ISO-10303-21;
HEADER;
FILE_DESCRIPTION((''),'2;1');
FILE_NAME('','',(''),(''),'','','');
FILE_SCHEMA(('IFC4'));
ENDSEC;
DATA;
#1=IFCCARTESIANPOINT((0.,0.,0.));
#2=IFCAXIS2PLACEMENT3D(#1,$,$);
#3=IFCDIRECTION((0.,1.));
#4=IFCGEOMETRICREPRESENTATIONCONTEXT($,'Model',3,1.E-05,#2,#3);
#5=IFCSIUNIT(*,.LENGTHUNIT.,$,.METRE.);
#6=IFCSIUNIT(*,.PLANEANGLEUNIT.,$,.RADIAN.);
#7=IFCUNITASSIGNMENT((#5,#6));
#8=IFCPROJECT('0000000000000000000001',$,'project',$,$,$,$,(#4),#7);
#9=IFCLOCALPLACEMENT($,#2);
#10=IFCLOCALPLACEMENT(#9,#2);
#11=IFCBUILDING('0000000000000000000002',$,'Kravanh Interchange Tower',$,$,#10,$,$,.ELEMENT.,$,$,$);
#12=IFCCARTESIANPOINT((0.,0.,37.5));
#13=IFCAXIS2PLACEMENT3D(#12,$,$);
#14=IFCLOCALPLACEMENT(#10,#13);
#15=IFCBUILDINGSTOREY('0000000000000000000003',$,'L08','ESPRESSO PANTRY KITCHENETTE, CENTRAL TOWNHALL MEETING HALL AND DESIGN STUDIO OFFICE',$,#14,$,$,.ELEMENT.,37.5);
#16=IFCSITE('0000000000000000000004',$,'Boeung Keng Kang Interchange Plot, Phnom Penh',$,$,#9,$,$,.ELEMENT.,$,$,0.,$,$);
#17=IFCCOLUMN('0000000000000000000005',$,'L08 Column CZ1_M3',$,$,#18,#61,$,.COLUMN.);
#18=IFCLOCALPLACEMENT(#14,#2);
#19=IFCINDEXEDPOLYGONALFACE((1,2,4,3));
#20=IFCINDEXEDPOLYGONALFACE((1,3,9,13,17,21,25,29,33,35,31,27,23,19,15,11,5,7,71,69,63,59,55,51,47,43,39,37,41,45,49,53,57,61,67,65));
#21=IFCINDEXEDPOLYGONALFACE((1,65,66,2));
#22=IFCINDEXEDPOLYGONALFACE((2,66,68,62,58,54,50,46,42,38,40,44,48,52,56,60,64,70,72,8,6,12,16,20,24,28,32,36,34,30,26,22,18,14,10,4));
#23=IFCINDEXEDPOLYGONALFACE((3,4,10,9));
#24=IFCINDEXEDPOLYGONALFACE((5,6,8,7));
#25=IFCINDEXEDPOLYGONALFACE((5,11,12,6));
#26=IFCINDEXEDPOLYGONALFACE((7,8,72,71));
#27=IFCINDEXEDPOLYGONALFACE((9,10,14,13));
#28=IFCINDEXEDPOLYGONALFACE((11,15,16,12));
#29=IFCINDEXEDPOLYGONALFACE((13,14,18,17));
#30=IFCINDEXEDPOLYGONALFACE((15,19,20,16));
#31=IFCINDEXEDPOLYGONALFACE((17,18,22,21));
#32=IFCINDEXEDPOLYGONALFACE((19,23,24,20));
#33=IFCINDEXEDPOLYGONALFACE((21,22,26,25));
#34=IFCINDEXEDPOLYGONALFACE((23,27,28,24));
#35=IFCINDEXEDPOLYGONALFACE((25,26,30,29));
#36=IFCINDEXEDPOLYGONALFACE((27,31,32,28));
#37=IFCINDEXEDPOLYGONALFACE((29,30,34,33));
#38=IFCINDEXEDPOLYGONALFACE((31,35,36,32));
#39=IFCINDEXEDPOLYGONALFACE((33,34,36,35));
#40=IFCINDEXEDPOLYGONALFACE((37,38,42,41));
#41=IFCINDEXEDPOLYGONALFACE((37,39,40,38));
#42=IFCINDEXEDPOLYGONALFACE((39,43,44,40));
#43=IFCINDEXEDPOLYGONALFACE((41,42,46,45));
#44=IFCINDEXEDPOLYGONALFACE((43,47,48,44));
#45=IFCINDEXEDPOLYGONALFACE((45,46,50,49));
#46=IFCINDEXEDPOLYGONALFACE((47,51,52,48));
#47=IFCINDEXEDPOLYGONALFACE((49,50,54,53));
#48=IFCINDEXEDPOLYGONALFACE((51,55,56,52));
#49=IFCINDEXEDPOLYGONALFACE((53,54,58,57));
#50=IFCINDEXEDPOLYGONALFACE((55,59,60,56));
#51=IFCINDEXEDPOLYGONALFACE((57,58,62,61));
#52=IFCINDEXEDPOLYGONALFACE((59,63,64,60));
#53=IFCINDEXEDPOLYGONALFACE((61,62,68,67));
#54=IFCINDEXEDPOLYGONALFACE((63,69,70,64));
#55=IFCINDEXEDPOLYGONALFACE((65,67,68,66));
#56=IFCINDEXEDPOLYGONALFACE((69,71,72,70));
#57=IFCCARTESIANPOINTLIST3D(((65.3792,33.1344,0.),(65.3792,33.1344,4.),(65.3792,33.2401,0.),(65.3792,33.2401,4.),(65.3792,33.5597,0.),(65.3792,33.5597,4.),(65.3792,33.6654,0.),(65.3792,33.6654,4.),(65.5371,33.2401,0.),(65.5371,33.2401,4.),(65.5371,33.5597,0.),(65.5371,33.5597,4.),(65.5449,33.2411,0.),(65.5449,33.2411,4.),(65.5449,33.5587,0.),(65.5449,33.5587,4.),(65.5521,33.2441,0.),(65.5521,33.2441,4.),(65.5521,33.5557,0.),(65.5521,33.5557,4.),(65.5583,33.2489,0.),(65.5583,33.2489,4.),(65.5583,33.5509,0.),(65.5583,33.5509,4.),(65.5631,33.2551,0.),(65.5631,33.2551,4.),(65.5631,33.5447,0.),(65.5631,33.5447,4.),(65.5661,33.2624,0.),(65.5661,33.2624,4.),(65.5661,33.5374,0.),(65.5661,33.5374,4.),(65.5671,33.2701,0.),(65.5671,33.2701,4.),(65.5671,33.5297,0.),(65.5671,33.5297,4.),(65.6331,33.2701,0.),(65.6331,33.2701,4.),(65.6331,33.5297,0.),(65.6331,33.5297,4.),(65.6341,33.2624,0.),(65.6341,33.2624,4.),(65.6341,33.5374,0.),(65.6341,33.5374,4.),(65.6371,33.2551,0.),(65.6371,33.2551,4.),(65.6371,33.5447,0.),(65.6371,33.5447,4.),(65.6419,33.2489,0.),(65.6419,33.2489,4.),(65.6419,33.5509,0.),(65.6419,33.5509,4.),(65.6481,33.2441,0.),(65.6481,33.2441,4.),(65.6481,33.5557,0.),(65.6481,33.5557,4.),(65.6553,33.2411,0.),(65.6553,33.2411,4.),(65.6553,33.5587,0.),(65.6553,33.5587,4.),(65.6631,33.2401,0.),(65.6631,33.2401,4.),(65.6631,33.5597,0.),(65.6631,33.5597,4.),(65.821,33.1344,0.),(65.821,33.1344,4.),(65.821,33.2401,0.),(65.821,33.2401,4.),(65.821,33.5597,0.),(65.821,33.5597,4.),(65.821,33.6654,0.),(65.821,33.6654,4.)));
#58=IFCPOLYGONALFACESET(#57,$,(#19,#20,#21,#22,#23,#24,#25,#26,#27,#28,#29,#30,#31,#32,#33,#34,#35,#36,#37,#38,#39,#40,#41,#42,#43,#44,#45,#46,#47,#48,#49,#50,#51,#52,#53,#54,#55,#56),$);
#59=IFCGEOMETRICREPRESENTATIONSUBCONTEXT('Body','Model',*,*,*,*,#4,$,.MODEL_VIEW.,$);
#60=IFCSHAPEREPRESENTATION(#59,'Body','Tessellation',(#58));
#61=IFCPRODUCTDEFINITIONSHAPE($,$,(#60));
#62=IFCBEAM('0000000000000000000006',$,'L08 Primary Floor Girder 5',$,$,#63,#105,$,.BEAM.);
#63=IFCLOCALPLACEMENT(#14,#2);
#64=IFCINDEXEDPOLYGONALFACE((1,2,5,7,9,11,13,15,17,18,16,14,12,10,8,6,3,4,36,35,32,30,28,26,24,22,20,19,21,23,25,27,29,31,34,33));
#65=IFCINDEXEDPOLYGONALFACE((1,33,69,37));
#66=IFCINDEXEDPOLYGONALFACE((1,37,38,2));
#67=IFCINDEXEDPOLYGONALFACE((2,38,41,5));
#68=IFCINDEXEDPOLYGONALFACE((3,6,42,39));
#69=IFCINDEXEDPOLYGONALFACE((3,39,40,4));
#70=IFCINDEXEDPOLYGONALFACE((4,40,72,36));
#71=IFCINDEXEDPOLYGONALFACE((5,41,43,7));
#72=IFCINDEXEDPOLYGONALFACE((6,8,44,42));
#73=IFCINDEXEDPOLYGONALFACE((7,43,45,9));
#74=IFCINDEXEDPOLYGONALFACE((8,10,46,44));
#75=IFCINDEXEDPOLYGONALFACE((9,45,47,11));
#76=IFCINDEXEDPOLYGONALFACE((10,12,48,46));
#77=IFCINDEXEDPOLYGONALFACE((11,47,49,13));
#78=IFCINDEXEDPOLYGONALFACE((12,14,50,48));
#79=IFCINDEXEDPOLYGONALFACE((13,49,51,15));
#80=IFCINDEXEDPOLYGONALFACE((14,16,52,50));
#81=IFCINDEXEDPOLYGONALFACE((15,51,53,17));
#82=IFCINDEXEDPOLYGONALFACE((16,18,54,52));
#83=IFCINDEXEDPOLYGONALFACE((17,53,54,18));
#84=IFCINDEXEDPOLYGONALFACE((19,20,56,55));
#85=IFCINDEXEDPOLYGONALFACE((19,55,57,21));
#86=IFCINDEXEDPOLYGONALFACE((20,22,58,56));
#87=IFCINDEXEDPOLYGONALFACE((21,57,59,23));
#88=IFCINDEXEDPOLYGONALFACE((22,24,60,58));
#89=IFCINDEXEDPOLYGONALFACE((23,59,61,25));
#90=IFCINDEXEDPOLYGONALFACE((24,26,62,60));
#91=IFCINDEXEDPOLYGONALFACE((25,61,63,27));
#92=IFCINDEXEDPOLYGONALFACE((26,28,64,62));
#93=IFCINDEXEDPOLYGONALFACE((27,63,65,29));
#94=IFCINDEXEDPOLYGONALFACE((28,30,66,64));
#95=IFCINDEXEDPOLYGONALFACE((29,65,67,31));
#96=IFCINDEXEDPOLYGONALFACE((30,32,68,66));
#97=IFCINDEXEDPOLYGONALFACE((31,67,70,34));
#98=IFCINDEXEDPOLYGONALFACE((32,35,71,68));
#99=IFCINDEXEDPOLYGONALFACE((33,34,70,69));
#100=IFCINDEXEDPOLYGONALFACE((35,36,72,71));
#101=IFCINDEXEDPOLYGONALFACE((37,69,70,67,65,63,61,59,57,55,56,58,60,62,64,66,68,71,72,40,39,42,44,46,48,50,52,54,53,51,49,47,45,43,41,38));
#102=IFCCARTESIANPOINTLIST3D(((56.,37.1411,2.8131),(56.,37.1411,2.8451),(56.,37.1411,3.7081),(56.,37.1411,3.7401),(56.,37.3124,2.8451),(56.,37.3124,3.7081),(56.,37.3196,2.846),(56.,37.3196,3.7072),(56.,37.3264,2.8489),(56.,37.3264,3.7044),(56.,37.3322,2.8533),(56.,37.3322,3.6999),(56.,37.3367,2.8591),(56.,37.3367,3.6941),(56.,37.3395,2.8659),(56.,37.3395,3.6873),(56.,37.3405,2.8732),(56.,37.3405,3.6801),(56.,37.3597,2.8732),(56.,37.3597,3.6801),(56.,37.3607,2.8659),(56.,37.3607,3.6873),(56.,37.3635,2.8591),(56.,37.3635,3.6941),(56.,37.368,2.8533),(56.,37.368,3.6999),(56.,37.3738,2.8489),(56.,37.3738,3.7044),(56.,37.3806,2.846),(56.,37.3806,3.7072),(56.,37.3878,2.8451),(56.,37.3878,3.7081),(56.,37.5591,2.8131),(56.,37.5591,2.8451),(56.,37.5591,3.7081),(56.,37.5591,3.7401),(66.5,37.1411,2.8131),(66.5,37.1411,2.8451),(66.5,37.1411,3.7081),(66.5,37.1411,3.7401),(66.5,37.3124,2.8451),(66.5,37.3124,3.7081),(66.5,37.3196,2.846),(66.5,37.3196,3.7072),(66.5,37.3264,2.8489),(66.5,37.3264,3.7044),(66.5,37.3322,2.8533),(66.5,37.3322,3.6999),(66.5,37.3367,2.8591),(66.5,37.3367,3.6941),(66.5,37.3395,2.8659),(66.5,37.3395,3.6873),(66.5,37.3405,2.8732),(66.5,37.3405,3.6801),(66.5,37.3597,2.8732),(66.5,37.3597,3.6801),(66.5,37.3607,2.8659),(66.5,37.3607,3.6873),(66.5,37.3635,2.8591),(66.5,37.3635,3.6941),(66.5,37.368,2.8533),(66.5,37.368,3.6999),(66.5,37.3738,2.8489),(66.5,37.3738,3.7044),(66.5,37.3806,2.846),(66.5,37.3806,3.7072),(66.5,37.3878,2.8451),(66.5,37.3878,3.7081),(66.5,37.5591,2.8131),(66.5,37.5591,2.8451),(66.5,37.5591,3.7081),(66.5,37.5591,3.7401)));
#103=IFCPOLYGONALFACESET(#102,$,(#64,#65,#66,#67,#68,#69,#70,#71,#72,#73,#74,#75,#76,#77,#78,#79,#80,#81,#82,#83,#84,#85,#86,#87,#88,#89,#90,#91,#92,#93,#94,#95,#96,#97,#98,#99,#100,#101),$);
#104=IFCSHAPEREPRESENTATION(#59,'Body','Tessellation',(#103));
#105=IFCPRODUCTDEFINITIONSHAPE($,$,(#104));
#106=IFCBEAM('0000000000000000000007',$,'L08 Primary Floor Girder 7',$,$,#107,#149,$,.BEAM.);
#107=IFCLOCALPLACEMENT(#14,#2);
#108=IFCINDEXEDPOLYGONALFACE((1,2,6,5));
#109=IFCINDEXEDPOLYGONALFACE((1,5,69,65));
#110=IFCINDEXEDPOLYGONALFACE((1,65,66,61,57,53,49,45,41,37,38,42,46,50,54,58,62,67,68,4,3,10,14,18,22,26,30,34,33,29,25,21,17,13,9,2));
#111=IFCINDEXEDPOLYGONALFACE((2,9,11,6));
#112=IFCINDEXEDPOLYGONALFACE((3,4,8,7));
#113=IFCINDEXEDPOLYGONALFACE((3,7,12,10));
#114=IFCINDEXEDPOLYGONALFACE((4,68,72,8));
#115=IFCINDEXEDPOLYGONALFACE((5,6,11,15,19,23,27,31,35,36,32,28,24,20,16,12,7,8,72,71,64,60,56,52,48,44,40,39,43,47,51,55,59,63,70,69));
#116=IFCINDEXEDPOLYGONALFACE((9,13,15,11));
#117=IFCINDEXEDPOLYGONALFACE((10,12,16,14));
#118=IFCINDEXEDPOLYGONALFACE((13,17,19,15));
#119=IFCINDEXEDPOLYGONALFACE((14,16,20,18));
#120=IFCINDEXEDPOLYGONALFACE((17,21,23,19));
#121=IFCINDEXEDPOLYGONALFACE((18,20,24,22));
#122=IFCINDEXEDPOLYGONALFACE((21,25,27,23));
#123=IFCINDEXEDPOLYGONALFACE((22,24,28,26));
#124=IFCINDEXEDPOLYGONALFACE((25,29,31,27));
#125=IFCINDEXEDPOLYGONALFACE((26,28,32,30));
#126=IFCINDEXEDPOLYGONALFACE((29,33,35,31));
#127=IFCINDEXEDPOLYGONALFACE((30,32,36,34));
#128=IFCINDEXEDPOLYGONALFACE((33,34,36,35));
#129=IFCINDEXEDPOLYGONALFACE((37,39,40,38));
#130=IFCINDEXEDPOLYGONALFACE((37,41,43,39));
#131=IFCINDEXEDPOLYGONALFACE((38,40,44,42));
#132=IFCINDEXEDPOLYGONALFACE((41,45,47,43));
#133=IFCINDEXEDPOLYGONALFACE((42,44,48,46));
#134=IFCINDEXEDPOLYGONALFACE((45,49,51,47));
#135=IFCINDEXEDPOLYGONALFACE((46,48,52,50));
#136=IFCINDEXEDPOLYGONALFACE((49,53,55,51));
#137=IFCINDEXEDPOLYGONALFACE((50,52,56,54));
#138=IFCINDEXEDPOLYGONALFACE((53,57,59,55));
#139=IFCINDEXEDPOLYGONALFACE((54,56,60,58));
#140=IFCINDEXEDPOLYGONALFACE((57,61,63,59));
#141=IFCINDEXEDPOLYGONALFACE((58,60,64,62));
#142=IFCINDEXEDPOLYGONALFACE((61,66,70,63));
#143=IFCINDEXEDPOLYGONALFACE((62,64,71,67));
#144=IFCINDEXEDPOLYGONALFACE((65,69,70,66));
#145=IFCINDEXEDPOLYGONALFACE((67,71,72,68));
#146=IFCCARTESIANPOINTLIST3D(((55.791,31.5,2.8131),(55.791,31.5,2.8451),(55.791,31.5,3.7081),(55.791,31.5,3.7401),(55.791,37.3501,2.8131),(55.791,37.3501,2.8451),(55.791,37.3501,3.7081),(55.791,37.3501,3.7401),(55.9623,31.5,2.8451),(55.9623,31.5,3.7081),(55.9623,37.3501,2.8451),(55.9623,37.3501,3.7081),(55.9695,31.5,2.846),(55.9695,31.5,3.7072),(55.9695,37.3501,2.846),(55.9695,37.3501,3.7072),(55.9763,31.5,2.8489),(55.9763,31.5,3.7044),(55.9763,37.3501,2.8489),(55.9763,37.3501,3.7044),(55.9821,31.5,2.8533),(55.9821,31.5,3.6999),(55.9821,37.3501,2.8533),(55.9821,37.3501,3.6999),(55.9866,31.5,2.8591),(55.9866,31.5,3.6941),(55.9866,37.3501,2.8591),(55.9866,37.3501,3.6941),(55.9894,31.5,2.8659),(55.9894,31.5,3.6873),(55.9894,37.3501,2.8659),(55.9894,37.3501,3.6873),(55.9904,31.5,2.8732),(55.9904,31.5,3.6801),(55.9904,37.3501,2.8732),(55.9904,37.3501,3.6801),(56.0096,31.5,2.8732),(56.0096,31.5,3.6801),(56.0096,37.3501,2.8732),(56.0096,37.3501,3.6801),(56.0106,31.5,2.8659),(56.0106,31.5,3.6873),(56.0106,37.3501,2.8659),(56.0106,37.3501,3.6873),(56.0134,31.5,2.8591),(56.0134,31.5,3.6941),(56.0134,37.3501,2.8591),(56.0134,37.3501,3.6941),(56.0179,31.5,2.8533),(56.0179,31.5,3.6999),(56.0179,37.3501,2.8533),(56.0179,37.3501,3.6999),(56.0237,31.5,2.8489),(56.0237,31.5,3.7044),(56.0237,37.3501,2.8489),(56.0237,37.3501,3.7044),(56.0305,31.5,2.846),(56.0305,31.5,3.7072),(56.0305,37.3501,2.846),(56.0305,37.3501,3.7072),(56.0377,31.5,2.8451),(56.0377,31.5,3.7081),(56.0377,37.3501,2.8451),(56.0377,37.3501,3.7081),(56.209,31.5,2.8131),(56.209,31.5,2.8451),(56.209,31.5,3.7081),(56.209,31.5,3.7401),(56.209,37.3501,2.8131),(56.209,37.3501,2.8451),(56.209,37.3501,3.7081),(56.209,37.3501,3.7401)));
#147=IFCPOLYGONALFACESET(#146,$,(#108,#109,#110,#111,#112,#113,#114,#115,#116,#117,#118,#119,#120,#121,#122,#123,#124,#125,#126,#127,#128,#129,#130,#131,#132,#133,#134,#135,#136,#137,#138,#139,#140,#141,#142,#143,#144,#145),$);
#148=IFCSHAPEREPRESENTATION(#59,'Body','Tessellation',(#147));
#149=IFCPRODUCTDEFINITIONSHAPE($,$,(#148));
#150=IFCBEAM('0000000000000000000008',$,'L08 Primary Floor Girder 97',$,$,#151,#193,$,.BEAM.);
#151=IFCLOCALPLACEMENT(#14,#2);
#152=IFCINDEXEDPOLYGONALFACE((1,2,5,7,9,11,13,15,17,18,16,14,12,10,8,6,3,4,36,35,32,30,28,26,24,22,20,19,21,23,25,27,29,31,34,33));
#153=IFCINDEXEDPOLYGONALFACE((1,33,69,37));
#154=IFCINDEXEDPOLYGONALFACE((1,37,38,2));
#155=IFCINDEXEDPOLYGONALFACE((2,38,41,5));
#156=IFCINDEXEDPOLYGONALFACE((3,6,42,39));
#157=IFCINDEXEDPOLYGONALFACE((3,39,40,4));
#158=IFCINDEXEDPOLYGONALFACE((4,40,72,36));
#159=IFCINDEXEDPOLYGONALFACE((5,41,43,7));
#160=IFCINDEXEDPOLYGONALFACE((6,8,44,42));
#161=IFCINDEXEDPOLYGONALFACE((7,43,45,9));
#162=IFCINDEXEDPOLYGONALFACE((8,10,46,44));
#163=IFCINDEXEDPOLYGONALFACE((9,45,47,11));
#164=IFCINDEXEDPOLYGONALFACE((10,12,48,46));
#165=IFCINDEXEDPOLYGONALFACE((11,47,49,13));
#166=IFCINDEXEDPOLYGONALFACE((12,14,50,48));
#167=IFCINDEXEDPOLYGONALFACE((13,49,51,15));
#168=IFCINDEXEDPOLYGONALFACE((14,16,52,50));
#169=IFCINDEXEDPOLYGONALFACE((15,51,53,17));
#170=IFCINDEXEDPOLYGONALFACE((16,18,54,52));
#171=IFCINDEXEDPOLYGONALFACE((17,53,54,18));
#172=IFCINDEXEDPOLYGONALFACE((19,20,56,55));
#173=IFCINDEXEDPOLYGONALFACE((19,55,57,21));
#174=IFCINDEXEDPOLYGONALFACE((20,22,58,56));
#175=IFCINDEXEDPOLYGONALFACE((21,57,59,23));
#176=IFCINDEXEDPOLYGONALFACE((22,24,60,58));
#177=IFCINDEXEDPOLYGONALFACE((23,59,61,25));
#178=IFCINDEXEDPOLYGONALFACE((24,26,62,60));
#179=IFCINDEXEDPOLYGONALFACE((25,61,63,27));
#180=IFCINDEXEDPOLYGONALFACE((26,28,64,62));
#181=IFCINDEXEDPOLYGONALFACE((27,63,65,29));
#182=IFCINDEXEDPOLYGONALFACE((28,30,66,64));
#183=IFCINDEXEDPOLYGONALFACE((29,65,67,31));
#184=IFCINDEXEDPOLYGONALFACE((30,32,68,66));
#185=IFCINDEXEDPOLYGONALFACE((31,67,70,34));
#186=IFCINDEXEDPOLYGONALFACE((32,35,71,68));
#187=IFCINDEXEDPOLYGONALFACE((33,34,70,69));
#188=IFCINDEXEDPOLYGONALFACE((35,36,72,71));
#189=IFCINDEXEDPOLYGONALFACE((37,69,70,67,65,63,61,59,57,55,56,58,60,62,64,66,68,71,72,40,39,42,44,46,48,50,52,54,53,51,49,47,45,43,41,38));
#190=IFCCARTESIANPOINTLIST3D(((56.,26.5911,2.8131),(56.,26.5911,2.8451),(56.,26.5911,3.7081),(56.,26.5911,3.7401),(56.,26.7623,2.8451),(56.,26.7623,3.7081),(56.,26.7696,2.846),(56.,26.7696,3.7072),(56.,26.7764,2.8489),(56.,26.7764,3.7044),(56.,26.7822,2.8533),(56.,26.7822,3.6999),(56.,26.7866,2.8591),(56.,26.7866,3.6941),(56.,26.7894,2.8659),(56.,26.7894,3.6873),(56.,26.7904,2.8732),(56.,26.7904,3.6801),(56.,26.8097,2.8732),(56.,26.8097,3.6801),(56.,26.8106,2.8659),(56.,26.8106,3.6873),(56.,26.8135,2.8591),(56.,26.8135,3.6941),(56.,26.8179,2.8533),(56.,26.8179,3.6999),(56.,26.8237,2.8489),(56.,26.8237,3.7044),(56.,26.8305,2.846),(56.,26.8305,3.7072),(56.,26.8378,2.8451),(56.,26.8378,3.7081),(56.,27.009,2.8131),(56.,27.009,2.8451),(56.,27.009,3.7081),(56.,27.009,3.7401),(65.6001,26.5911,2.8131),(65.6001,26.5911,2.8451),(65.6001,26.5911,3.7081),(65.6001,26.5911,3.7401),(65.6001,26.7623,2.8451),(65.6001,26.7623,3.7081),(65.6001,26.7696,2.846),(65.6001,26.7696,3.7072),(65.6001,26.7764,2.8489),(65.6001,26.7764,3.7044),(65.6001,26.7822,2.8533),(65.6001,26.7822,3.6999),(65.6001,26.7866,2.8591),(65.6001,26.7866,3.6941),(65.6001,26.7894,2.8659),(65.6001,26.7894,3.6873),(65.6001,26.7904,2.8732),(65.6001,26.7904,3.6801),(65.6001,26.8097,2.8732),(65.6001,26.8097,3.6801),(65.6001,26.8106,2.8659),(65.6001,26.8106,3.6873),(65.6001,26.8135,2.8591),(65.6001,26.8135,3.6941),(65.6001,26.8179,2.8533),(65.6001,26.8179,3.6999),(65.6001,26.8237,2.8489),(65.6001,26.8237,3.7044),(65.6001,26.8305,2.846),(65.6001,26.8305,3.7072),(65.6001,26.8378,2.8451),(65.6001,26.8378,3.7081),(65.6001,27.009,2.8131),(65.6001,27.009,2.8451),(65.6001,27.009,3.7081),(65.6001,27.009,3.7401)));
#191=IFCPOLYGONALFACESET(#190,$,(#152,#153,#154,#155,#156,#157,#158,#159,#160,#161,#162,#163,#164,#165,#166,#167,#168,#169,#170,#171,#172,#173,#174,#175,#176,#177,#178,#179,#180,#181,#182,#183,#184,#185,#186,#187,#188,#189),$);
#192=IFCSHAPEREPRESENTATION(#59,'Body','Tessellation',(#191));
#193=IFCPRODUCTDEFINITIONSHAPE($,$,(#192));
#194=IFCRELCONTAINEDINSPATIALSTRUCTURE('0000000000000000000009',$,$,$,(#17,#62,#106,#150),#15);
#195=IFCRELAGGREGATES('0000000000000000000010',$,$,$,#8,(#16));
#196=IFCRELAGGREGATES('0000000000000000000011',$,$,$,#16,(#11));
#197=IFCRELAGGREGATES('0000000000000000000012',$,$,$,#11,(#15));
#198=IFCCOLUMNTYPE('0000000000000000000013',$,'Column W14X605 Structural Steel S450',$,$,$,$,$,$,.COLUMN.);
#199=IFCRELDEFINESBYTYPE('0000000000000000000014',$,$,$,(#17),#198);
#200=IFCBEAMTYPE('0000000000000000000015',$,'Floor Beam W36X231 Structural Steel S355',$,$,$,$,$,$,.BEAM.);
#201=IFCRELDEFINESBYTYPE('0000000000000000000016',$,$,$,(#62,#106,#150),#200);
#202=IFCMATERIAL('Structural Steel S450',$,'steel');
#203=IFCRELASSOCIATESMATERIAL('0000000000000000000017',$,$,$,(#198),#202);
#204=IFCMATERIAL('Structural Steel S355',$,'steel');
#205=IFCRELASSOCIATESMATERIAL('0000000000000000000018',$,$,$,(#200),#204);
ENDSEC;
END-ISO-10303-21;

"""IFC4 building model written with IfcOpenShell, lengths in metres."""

from ifc_helpers import new_model, si_unit, direction, frame, origin, origin_2d, place, context, subcontext, project, spatial, i_section, extrude, material, material_profile, profile_set, type_object, element, save


model = new_model("IFC4")

# Units and contexts
model_context = context("Model", 3, precision=1e-05, world=origin(), true_north=direction((0.0, 1.0)))
body_context = subcontext(model_context, "Body", "Model", "MODEL_VIEW")
ifc_project = project(units=[si_unit("LENGTHUNIT", "METRE"), si_unit("PLANEANGLEUNIT", "RADIAN")], contexts=[model_context])

# Site, building, storey
site_placement = place(None, origin())
site = spatial("IfcSite", under=ifc_project, at=site_placement, Name="Boeung Keng Kang Interchange Plot, Phnom Penh", CompositionType="ELEMENT", RefElevation=0.0)
building_placement = place(site_placement, origin())
building = spatial("IfcBuilding", under=site, at=building_placement, Name="Kravanh Interchange Tower", CompositionType="ELEMENT")
storey_placement = place(building_placement, frame((0.0, 0.0, 37.5)))
storey = spatial("IfcBuildingStorey", under=building, at=storey_placement, Name="L08", Description="ESPRESSO PANTRY KITCHENETTE, CENTRAL TOWNHALL MEETING HALL AND DESIGN STUDIO OFFICE", CompositionType="ELEMENT", Elevation=37.5)

# Column
ifc_material_1 = material(Name="Structural Steel S450", Category="steel")
ifc_material_profile_1 = material_profile(ifc_material_1, i_section(OverallWidth=0.4419, OverallDepth=0.531, WebThickness=0.0659, FlangeThickness=0.1057, FilletRadius=0.03, at=origin_2d()), Name="W14X605")
ifc_profile_set_1 = profile_set([ifc_material_profile_1], Name="Structural Steel S450")
column_type_1 = type_object("IfcColumnType", Name="Column W14X605 Structural Steel S450", PredefinedType="COLUMN", material=ifc_profile_set_1)
for number, where, z_axis, x_axis, name in (
    (1, (65.6001, 33.3999, 0.0), (0.0, 0.0, 1.0), (1.0, 0.0, 0.0), "L08 Column CZ1_M3"),
):
    element("IfcColumn", number, at=place(storey_placement, frame(where, z_axis=z_axis, x_axis=x_axis)), inside=storey, type_object=column_type_1, Name=name, PredefinedType="COLUMN", context=body_context, shape_type="SweptSolid", body=[
        extrude(i_section(OverallWidth=0.4419, OverallDepth=0.531, WebThickness=0.0659, FlangeThickness=0.1057, FilletRadius=0.03, at=origin_2d()), origin(), (0.0, 0.0, 1.0), 4.0),
    ])

# Beams
ifc_material_2 = material(Name="Structural Steel S355", Category="steel")
ifc_material_profile_2 = material_profile(ifc_material_2, i_section(OverallWidth=0.418, OverallDepth=0.927, WebThickness=0.0193, FlangeThickness=0.032, FilletRadius=0.0281, at=origin_2d()), Name="W36X231")
ifc_profile_set_2 = profile_set([ifc_material_profile_2], Name="Structural Steel S355")
beam_type_1 = type_object("IfcBeamType", Name="Floor Beam W36X231 Structural Steel S355", PredefinedType="BEAM", material=ifc_profile_set_2)
beam_1_placement = place(storey_placement, frame((66.5, 37.3501, 3.2766), z_axis=(-1.0, 0.0, 0.0), x_axis=(0.0, -1.0, 0.0)))
element("IfcBeam", 2, at=beam_1_placement, inside=storey, type_object=beam_type_1, Name="L08 Primary Floor Girder 5", PredefinedType="BEAM", context=body_context, shape_type="SweptSolid", body=[
    extrude(i_section(OverallWidth=0.418, OverallDepth=0.927, WebThickness=0.0193, FlangeThickness=0.032, FilletRadius=0.0281, at=origin_2d()), origin(), (0.0, 0.0, 1.0), 10.5),
])
beam_2_placement = place(storey_placement, frame((56.0, 37.3501, 3.2766), z_axis=(0.0, -1.0, 0.0), x_axis=(1.0, 0.0, 0.0)))
element("IfcBeam", 3, at=beam_2_placement, inside=storey, type_object=beam_type_1, Name="L08 Primary Floor Girder 7", PredefinedType="BEAM", context=body_context, shape_type="SweptSolid", body=[
    extrude(i_section(OverallWidth=0.418, OverallDepth=0.927, WebThickness=0.0193, FlangeThickness=0.032, FilletRadius=0.0281, at=origin_2d()), origin(), (0.0, 0.0, 1.0), 5.8501),
])
beam_3_placement = place(storey_placement, frame((56.0, 26.8, 3.2766), z_axis=(1.0, 0.0, 0.0), x_axis=(0.0, 1.0, 0.0)))
element("IfcBeam", 4, at=beam_3_placement, inside=storey, type_object=beam_type_1, Name="L08 Primary Floor Girder 97", PredefinedType="BEAM", context=body_context, shape_type="SweptSolid", body=[
    extrude(i_section(OverallWidth=0.418, OverallDepth=0.927, WebThickness=0.0193, FlangeThickness=0.032, FilletRadius=0.0281, at=origin_2d()), origin(), (0.0, 0.0, 1.0), 9.6001),
])

save(model, "model.ifc")
